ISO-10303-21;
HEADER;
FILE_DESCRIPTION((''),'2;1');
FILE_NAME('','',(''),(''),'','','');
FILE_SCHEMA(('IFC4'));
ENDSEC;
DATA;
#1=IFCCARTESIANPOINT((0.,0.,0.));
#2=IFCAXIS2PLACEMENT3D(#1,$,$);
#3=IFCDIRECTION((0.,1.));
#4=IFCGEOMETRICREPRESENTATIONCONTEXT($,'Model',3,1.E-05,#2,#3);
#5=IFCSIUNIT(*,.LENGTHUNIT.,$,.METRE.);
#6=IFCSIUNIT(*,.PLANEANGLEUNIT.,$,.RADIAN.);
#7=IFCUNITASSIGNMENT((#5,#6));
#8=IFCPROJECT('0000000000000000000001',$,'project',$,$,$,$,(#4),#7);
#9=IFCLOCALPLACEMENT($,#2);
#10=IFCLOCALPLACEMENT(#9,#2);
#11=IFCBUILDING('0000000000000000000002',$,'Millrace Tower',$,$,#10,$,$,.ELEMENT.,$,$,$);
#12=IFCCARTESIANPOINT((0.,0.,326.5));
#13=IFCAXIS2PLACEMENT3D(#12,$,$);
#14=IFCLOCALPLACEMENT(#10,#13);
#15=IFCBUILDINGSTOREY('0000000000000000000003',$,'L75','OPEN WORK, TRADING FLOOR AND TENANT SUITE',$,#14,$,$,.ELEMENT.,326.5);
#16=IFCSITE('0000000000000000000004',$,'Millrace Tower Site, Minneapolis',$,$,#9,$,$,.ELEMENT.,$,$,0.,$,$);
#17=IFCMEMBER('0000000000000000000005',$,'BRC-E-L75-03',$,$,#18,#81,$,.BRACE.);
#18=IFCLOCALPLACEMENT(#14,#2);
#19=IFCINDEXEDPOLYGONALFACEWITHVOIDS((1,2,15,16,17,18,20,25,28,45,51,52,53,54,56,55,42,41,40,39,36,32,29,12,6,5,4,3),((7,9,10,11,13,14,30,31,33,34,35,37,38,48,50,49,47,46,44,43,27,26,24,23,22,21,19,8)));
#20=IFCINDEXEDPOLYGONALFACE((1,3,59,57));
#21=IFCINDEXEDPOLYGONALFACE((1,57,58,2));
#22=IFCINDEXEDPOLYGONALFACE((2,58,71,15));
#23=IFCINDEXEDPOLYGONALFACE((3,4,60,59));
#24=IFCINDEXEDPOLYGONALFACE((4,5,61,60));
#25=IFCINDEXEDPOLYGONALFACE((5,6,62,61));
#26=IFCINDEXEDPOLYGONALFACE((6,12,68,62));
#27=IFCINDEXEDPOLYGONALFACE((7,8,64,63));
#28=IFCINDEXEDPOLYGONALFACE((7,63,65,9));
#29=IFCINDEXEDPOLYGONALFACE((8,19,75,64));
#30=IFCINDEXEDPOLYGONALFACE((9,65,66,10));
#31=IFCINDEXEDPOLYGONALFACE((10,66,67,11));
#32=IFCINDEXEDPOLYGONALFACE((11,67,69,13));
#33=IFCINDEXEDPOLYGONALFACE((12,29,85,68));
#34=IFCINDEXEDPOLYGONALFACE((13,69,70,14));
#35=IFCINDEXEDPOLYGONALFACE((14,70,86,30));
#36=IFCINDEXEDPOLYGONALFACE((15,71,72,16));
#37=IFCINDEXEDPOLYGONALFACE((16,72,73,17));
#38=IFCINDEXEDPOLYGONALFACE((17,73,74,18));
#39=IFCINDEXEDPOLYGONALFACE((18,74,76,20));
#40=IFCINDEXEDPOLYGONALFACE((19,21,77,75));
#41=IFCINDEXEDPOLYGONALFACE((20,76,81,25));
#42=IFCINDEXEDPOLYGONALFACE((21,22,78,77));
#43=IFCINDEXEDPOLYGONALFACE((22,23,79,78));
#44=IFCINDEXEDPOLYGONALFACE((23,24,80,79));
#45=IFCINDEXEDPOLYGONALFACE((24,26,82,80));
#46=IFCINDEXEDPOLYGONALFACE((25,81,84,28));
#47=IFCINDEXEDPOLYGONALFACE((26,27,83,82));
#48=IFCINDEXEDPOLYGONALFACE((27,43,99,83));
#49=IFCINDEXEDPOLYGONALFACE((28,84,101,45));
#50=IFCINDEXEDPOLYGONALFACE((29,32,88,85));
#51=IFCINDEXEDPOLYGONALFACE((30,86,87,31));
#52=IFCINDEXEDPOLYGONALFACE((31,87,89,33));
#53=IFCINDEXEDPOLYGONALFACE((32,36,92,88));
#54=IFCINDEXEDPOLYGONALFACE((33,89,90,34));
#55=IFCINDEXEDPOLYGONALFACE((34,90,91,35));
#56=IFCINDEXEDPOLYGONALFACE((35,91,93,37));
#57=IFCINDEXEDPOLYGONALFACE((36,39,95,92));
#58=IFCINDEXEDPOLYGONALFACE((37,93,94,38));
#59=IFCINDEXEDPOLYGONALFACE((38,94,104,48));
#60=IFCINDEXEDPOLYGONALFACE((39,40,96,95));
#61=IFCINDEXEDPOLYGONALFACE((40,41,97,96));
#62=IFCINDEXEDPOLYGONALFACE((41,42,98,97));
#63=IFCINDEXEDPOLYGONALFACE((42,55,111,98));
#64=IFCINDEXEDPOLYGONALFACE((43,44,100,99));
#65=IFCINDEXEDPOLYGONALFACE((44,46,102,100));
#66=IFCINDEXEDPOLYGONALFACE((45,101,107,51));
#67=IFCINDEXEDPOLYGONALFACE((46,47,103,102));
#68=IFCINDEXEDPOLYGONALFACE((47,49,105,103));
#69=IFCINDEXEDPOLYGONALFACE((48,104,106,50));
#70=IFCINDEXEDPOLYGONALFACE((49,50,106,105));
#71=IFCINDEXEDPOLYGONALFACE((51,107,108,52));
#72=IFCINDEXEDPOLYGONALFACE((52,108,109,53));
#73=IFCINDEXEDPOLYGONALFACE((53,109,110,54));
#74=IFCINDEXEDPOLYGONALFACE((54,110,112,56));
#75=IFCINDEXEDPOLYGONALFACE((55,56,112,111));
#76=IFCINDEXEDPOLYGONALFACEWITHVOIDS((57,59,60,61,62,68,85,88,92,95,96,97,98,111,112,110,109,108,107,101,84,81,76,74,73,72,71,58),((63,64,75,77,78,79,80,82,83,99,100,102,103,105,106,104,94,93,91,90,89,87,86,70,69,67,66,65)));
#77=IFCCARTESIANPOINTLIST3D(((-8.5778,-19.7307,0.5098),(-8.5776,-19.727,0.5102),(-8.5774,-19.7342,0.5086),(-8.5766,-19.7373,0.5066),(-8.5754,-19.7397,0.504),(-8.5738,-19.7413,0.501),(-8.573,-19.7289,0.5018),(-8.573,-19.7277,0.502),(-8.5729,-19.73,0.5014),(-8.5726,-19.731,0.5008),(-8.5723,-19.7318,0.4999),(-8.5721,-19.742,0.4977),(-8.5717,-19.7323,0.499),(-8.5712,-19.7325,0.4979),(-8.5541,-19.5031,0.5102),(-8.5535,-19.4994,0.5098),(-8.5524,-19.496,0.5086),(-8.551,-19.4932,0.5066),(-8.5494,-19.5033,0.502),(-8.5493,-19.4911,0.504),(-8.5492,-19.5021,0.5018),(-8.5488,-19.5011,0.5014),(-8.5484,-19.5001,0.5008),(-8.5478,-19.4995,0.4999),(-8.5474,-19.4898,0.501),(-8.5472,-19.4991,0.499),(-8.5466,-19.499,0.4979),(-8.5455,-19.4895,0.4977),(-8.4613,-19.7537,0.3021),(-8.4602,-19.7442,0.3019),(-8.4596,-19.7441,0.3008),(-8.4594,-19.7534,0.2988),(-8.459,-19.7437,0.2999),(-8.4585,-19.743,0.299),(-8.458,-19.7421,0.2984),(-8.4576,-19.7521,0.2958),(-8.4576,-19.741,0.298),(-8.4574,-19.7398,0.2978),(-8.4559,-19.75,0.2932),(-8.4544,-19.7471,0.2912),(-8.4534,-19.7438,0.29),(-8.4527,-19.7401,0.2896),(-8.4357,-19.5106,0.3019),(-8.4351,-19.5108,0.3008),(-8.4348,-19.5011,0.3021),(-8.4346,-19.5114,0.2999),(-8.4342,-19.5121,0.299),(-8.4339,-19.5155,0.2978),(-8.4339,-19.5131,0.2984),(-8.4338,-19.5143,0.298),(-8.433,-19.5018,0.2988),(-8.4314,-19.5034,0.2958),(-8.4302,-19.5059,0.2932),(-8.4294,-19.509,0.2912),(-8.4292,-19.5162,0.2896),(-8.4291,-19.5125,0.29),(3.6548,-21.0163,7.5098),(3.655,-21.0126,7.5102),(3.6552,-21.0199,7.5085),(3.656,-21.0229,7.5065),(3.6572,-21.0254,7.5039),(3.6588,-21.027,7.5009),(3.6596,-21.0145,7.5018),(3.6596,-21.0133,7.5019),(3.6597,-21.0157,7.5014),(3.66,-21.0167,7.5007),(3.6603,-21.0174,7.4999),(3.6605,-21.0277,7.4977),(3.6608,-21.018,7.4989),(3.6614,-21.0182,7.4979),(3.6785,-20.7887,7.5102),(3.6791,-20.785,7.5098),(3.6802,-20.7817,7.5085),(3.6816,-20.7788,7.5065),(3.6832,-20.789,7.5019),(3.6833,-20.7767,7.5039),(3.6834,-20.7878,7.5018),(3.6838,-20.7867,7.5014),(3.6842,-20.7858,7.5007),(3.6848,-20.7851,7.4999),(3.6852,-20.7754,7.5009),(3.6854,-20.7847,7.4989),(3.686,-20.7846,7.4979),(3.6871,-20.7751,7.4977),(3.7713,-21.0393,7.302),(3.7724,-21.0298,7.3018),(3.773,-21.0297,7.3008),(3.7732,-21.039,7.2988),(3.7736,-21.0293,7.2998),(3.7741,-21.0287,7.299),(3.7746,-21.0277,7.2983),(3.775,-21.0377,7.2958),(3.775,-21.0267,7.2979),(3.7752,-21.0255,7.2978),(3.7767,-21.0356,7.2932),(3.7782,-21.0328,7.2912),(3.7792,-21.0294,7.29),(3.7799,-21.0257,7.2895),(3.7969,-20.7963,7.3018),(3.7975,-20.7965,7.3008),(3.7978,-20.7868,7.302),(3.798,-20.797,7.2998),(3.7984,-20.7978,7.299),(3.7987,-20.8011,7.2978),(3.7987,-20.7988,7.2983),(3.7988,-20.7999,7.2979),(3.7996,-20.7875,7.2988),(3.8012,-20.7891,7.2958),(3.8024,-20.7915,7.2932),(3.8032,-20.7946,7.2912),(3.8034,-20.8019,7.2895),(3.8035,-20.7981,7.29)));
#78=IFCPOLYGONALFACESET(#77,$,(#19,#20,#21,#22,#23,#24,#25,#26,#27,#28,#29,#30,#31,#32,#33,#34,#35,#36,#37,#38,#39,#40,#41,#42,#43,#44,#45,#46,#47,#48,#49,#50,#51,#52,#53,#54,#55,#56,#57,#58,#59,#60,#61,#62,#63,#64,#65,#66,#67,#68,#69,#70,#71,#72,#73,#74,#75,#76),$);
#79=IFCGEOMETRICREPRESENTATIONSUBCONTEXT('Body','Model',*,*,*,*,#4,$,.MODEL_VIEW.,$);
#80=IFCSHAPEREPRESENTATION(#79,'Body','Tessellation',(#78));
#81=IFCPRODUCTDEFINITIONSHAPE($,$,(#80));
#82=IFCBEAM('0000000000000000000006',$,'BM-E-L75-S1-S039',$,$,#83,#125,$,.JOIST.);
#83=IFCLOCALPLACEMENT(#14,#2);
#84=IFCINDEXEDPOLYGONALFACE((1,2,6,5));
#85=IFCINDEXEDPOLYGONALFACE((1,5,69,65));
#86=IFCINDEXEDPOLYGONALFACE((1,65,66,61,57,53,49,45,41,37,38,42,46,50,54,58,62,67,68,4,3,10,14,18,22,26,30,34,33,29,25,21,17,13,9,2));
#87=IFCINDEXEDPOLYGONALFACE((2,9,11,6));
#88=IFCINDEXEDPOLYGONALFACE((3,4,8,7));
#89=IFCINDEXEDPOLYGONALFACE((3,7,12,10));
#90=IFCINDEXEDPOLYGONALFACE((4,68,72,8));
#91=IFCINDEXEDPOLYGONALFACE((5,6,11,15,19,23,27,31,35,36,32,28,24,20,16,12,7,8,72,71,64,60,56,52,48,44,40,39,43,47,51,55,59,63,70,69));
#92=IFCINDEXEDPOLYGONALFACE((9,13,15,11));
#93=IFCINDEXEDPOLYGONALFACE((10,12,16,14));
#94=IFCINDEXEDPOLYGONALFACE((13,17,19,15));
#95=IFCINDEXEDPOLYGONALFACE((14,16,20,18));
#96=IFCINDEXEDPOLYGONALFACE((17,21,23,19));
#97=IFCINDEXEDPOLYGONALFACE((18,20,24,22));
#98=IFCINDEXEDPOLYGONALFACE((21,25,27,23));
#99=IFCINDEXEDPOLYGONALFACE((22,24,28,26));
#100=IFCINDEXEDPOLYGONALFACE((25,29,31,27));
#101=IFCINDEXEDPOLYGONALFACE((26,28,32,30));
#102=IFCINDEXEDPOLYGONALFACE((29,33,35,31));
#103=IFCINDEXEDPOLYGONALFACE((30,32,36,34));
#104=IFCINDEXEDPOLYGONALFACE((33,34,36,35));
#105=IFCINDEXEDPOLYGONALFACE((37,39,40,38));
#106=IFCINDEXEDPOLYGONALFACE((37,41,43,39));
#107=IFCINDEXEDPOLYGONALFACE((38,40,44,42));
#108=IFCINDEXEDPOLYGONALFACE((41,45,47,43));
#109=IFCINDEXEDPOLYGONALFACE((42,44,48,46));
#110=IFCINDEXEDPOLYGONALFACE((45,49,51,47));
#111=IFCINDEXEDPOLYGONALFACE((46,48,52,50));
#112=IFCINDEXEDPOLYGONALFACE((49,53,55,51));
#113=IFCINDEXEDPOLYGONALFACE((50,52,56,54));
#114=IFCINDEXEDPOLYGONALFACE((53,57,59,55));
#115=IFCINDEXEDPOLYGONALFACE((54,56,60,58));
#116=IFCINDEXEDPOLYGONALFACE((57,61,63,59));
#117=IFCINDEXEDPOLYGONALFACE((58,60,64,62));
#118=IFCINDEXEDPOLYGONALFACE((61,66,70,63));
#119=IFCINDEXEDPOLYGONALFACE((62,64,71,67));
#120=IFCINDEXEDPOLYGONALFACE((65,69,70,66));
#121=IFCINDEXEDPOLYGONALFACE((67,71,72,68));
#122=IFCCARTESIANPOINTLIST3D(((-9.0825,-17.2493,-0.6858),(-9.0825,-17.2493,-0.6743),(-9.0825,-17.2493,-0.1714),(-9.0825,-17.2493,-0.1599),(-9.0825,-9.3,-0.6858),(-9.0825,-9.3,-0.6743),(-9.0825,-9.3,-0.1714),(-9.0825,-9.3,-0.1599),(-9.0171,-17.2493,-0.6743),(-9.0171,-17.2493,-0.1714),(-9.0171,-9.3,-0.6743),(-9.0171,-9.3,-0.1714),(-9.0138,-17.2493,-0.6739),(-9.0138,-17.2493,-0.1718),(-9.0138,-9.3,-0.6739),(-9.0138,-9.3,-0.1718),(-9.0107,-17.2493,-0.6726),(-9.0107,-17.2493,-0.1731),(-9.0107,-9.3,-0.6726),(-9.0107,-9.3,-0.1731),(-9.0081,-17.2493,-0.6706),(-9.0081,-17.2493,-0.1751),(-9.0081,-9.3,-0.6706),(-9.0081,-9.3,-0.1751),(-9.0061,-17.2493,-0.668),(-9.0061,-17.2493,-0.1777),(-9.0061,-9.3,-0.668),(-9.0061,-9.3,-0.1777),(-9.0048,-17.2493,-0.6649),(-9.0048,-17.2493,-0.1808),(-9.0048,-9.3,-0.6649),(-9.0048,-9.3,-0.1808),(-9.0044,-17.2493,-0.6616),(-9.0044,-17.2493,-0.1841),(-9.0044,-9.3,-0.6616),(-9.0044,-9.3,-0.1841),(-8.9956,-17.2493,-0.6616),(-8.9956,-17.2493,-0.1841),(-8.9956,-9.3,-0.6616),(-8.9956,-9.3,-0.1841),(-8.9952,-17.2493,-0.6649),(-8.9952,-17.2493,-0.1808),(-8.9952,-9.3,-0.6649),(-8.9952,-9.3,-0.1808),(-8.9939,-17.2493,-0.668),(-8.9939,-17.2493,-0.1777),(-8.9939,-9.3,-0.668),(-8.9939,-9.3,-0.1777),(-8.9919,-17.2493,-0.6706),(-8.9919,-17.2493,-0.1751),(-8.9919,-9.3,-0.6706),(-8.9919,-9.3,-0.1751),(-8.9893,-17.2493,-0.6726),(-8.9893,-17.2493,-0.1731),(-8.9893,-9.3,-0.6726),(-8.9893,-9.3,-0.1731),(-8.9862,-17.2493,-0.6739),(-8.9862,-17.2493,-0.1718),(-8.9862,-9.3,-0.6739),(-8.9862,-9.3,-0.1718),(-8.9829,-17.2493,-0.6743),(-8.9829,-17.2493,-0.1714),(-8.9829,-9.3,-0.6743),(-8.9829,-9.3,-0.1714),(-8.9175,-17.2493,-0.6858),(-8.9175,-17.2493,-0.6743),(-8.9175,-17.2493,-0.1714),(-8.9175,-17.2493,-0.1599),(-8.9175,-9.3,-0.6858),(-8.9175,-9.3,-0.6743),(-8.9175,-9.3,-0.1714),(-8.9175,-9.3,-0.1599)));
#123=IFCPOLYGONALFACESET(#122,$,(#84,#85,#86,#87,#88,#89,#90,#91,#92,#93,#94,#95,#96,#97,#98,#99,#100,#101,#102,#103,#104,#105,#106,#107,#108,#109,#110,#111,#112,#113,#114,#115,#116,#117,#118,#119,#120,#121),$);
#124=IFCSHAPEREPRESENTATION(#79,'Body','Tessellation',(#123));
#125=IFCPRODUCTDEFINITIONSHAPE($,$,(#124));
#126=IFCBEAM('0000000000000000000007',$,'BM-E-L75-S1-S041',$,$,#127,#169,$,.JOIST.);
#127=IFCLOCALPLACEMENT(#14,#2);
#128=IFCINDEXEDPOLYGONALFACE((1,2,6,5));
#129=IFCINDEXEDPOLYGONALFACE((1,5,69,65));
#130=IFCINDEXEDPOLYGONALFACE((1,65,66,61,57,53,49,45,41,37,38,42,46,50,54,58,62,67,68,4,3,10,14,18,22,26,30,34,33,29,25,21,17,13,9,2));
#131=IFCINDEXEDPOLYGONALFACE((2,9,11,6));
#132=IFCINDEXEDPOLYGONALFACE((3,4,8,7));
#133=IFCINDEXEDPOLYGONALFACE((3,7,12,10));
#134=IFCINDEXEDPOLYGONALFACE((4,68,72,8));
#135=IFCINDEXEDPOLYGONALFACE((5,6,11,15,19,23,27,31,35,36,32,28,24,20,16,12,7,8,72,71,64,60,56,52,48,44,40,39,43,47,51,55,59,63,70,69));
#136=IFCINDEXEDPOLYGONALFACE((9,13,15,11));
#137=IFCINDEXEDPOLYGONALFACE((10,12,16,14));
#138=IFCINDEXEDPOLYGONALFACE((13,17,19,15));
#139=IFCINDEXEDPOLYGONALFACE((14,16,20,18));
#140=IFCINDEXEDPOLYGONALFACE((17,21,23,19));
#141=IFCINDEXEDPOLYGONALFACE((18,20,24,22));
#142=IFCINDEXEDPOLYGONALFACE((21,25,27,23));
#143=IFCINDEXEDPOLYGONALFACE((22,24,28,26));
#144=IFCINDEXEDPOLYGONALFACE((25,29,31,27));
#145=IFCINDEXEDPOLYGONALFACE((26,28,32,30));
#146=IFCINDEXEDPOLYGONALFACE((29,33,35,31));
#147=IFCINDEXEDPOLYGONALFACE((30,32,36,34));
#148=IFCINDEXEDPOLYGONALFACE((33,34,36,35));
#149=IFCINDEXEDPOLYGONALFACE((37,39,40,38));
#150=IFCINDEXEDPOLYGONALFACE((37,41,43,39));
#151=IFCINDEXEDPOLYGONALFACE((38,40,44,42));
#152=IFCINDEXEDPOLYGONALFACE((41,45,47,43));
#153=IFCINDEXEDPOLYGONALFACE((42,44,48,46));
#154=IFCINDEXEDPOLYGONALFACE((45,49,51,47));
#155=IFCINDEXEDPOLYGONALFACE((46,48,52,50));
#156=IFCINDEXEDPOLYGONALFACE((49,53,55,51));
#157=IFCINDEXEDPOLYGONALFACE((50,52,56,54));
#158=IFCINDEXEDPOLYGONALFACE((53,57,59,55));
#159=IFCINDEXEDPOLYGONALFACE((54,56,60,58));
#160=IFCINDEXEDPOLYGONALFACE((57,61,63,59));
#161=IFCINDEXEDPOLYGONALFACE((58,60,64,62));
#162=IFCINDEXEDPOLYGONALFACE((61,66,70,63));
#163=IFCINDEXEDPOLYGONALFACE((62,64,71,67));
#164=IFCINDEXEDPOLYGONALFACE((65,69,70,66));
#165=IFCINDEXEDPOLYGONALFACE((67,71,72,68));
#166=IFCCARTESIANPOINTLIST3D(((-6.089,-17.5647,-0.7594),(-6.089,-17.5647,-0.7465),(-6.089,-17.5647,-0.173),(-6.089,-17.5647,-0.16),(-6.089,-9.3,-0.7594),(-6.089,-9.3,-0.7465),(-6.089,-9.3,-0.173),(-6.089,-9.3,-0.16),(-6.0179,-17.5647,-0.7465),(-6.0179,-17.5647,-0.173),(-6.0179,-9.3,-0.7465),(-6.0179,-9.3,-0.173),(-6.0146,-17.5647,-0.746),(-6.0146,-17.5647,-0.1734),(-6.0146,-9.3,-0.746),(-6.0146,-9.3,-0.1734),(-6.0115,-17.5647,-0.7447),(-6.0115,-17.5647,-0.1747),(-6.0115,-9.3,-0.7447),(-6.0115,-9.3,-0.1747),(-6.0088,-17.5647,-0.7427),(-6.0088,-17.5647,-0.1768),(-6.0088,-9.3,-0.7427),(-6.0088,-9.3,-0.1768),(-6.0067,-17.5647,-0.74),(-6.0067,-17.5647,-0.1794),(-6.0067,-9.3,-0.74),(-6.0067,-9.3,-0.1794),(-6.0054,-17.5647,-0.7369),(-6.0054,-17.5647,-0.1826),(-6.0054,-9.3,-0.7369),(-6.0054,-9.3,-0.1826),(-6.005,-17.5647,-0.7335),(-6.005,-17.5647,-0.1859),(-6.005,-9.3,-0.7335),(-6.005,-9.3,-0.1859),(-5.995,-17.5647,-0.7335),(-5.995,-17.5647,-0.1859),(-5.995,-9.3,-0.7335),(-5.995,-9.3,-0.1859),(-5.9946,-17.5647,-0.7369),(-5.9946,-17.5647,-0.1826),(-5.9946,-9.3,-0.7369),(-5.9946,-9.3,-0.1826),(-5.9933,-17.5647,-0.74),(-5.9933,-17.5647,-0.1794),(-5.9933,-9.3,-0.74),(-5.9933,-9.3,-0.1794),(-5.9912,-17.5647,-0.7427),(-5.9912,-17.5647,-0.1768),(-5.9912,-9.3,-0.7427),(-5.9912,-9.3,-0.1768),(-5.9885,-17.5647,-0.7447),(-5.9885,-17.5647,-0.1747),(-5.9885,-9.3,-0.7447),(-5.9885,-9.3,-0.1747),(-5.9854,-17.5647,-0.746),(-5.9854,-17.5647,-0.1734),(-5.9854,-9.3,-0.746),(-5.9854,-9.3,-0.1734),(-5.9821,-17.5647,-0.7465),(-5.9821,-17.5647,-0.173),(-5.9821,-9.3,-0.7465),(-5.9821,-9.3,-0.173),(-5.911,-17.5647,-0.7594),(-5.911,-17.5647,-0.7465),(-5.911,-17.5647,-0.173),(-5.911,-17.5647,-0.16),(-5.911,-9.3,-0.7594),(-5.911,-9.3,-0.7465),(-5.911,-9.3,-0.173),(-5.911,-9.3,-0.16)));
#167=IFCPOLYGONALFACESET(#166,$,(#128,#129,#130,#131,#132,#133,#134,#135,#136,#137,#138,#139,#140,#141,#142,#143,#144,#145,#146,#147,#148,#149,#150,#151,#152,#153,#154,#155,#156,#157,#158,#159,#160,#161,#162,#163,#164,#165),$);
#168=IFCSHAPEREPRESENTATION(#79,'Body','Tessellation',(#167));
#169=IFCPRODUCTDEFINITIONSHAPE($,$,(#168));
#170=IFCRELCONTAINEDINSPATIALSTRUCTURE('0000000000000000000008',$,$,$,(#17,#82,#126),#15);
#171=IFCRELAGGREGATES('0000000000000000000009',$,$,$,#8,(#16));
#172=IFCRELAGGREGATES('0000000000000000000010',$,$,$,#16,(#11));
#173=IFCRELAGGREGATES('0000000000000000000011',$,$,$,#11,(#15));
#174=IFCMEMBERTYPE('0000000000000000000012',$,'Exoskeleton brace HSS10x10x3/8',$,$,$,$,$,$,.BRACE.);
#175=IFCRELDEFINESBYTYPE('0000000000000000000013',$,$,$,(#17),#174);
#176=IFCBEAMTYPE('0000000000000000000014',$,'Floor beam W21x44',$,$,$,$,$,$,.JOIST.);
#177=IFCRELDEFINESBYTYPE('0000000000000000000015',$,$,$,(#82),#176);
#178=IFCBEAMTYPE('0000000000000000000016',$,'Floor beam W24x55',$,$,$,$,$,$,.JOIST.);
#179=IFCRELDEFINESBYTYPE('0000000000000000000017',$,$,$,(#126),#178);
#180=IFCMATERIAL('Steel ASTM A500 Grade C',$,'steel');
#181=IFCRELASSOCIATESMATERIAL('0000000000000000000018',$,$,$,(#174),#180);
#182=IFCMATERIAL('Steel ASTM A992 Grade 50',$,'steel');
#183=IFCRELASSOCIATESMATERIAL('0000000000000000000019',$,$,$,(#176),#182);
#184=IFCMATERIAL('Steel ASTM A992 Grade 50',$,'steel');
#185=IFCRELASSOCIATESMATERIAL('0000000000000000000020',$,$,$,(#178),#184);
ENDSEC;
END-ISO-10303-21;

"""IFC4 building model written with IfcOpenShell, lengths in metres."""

from ifc_helpers import new_model, si_unit, direction, frame, origin, origin_2d, place, context, subcontext, project, spatial, hollow_rectangle, i_section, extrude, material, material_profile, profile_set, type_object, element, save


model = new_model("IFC4")

# Units and contexts
model_context = context("Model", 3, precision=1e-05, world=origin(), true_north=direction((0.0, 1.0)))
body_context = subcontext(model_context, "Body", "Model", "MODEL_VIEW")
ifc_project = project(units=[si_unit("LENGTHUNIT", "METRE"), si_unit("PLANEANGLEUNIT", "RADIAN")], contexts=[model_context])

# Site, building, storey
site_placement = place(None, origin())
site = spatial("IfcSite", under=ifc_project, at=site_placement, Name="Millrace Tower Site, Minneapolis", CompositionType="ELEMENT", RefElevation=0.0)
building_placement = place(site_placement, origin())
building = spatial("IfcBuilding", under=site, at=building_placement, Name="Millrace Tower", CompositionType="ELEMENT")
storey_placement = place(building_placement, frame((0.0, 0.0, 326.5)))
storey = spatial("IfcBuildingStorey", under=building, at=storey_placement, Name="L75", Description="OPEN WORK, TRADING FLOOR AND TENANT SUITE", CompositionType="ELEMENT", Elevation=326.5)

# Member
ifc_material_1 = material(Name="Steel ASTM A500 Grade C", Category="steel")
ifc_material_profile_1 = material_profile(ifc_material_1, hollow_rectangle(XDim=0.2539, YDim=0.2539, WallThickness=0.0095, InnerFilletRadius=0.0046, OuterFilletRadius=0.0144, at=origin_2d()))
ifc_profile_set_1 = profile_set([ifc_material_profile_1], Name="Steel ASTM A500 Grade C")
member_type_1 = type_object("IfcMemberType", Name="Exoskeleton brace HSS10x10x3/8", PredefinedType="BRACE", material=ifc_profile_set_1)
member_1_placement = place(storey_placement, frame((-8.5034, -19.6216, 0.3999), z_axis=(0.864352, -0.090843, 0.494615), x_axis=(0.104524, 0.994522, 0.0)))
element("IfcMember", 1, at=member_1_placement, inside=storey, type_object=member_type_1, Name="BRC-E-L75-03", PredefinedType="BRACE", context=body_context, shape_type="SweptSolid", body=[
    extrude(hollow_rectangle(XDim=0.2539, YDim=0.2539, WallThickness=0.0095, InnerFilletRadius=0.0046, OuterFilletRadius=0.0144, at=origin_2d()), origin(), (0.0, 0.0, 1.0), 14.1523),
])

# Beams
ifc_material_2 = material(Name="Steel ASTM A992 Grade 50", Category="steel")
ifc_material_profile_2 = material_profile(ifc_material_2, i_section(OverallWidth=0.165, OverallDepth=0.5259, WebThickness=0.0088, FlangeThickness=0.0115, FilletRadius=0.0127, at=origin_2d()))
ifc_profile_set_2 = profile_set([ifc_material_profile_2], Name="Steel ASTM A992 Grade 50")
beam_type_1 = type_object("IfcBeamType", Name="Floor beam W21x44", PredefinedType="JOIST", material=ifc_profile_set_2)
beam_1_placement = place(storey_placement, frame((-9.0, -17.2493, -0.4229), z_axis=(0.0, 1.0, 0.0), x_axis=(-1.0, 0.0, 0.0)))
element("IfcBeam", 2, at=beam_1_placement, inside=storey, type_object=beam_type_1, Name="BM-E-L75-S1-S039", PredefinedType="JOIST", context=body_context, shape_type="SweptSolid", body=[
    extrude(i_section(OverallWidth=0.165, OverallDepth=0.5259, WebThickness=0.0088, FlangeThickness=0.0115, FilletRadius=0.0127, at=origin_2d()), origin(), (0.0, 0.0, 1.0), 7.9492),
])
ifc_material_3 = material(Name="Steel ASTM A992 Grade 50", Category="steel")
ifc_material_profile_3 = material_profile(ifc_material_3, i_section(OverallWidth=0.178, OverallDepth=0.5994, WebThickness=0.01, FlangeThickness=0.0129, FilletRadius=0.0129, at=origin_2d()))
ifc_profile_set_3 = profile_set([ifc_material_profile_3], Name="Steel ASTM A992 Grade 50")
beam_type_2 = type_object("IfcBeamType", Name="Floor beam W24x55", PredefinedType="JOIST", material=ifc_profile_set_3)
beam_2_placement = place(storey_placement, frame((-6.0, -17.5647, -0.4597), z_axis=(0.0, 1.0, 0.0), x_axis=(-1.0, 0.0, 0.0)))
element("IfcBeam", 3, at=beam_2_placement, inside=storey, type_object=beam_type_2, Name="BM-E-L75-S1-S041", PredefinedType="JOIST", context=body_context, shape_type="SweptSolid", body=[
    extrude(i_section(OverallWidth=0.178, OverallDepth=0.5994, WebThickness=0.01, FlangeThickness=0.0129, FilletRadius=0.0129, at=origin_2d()), origin(), (0.0, 0.0, 1.0), 8.2646),
])

save(model, "model.ifc")
